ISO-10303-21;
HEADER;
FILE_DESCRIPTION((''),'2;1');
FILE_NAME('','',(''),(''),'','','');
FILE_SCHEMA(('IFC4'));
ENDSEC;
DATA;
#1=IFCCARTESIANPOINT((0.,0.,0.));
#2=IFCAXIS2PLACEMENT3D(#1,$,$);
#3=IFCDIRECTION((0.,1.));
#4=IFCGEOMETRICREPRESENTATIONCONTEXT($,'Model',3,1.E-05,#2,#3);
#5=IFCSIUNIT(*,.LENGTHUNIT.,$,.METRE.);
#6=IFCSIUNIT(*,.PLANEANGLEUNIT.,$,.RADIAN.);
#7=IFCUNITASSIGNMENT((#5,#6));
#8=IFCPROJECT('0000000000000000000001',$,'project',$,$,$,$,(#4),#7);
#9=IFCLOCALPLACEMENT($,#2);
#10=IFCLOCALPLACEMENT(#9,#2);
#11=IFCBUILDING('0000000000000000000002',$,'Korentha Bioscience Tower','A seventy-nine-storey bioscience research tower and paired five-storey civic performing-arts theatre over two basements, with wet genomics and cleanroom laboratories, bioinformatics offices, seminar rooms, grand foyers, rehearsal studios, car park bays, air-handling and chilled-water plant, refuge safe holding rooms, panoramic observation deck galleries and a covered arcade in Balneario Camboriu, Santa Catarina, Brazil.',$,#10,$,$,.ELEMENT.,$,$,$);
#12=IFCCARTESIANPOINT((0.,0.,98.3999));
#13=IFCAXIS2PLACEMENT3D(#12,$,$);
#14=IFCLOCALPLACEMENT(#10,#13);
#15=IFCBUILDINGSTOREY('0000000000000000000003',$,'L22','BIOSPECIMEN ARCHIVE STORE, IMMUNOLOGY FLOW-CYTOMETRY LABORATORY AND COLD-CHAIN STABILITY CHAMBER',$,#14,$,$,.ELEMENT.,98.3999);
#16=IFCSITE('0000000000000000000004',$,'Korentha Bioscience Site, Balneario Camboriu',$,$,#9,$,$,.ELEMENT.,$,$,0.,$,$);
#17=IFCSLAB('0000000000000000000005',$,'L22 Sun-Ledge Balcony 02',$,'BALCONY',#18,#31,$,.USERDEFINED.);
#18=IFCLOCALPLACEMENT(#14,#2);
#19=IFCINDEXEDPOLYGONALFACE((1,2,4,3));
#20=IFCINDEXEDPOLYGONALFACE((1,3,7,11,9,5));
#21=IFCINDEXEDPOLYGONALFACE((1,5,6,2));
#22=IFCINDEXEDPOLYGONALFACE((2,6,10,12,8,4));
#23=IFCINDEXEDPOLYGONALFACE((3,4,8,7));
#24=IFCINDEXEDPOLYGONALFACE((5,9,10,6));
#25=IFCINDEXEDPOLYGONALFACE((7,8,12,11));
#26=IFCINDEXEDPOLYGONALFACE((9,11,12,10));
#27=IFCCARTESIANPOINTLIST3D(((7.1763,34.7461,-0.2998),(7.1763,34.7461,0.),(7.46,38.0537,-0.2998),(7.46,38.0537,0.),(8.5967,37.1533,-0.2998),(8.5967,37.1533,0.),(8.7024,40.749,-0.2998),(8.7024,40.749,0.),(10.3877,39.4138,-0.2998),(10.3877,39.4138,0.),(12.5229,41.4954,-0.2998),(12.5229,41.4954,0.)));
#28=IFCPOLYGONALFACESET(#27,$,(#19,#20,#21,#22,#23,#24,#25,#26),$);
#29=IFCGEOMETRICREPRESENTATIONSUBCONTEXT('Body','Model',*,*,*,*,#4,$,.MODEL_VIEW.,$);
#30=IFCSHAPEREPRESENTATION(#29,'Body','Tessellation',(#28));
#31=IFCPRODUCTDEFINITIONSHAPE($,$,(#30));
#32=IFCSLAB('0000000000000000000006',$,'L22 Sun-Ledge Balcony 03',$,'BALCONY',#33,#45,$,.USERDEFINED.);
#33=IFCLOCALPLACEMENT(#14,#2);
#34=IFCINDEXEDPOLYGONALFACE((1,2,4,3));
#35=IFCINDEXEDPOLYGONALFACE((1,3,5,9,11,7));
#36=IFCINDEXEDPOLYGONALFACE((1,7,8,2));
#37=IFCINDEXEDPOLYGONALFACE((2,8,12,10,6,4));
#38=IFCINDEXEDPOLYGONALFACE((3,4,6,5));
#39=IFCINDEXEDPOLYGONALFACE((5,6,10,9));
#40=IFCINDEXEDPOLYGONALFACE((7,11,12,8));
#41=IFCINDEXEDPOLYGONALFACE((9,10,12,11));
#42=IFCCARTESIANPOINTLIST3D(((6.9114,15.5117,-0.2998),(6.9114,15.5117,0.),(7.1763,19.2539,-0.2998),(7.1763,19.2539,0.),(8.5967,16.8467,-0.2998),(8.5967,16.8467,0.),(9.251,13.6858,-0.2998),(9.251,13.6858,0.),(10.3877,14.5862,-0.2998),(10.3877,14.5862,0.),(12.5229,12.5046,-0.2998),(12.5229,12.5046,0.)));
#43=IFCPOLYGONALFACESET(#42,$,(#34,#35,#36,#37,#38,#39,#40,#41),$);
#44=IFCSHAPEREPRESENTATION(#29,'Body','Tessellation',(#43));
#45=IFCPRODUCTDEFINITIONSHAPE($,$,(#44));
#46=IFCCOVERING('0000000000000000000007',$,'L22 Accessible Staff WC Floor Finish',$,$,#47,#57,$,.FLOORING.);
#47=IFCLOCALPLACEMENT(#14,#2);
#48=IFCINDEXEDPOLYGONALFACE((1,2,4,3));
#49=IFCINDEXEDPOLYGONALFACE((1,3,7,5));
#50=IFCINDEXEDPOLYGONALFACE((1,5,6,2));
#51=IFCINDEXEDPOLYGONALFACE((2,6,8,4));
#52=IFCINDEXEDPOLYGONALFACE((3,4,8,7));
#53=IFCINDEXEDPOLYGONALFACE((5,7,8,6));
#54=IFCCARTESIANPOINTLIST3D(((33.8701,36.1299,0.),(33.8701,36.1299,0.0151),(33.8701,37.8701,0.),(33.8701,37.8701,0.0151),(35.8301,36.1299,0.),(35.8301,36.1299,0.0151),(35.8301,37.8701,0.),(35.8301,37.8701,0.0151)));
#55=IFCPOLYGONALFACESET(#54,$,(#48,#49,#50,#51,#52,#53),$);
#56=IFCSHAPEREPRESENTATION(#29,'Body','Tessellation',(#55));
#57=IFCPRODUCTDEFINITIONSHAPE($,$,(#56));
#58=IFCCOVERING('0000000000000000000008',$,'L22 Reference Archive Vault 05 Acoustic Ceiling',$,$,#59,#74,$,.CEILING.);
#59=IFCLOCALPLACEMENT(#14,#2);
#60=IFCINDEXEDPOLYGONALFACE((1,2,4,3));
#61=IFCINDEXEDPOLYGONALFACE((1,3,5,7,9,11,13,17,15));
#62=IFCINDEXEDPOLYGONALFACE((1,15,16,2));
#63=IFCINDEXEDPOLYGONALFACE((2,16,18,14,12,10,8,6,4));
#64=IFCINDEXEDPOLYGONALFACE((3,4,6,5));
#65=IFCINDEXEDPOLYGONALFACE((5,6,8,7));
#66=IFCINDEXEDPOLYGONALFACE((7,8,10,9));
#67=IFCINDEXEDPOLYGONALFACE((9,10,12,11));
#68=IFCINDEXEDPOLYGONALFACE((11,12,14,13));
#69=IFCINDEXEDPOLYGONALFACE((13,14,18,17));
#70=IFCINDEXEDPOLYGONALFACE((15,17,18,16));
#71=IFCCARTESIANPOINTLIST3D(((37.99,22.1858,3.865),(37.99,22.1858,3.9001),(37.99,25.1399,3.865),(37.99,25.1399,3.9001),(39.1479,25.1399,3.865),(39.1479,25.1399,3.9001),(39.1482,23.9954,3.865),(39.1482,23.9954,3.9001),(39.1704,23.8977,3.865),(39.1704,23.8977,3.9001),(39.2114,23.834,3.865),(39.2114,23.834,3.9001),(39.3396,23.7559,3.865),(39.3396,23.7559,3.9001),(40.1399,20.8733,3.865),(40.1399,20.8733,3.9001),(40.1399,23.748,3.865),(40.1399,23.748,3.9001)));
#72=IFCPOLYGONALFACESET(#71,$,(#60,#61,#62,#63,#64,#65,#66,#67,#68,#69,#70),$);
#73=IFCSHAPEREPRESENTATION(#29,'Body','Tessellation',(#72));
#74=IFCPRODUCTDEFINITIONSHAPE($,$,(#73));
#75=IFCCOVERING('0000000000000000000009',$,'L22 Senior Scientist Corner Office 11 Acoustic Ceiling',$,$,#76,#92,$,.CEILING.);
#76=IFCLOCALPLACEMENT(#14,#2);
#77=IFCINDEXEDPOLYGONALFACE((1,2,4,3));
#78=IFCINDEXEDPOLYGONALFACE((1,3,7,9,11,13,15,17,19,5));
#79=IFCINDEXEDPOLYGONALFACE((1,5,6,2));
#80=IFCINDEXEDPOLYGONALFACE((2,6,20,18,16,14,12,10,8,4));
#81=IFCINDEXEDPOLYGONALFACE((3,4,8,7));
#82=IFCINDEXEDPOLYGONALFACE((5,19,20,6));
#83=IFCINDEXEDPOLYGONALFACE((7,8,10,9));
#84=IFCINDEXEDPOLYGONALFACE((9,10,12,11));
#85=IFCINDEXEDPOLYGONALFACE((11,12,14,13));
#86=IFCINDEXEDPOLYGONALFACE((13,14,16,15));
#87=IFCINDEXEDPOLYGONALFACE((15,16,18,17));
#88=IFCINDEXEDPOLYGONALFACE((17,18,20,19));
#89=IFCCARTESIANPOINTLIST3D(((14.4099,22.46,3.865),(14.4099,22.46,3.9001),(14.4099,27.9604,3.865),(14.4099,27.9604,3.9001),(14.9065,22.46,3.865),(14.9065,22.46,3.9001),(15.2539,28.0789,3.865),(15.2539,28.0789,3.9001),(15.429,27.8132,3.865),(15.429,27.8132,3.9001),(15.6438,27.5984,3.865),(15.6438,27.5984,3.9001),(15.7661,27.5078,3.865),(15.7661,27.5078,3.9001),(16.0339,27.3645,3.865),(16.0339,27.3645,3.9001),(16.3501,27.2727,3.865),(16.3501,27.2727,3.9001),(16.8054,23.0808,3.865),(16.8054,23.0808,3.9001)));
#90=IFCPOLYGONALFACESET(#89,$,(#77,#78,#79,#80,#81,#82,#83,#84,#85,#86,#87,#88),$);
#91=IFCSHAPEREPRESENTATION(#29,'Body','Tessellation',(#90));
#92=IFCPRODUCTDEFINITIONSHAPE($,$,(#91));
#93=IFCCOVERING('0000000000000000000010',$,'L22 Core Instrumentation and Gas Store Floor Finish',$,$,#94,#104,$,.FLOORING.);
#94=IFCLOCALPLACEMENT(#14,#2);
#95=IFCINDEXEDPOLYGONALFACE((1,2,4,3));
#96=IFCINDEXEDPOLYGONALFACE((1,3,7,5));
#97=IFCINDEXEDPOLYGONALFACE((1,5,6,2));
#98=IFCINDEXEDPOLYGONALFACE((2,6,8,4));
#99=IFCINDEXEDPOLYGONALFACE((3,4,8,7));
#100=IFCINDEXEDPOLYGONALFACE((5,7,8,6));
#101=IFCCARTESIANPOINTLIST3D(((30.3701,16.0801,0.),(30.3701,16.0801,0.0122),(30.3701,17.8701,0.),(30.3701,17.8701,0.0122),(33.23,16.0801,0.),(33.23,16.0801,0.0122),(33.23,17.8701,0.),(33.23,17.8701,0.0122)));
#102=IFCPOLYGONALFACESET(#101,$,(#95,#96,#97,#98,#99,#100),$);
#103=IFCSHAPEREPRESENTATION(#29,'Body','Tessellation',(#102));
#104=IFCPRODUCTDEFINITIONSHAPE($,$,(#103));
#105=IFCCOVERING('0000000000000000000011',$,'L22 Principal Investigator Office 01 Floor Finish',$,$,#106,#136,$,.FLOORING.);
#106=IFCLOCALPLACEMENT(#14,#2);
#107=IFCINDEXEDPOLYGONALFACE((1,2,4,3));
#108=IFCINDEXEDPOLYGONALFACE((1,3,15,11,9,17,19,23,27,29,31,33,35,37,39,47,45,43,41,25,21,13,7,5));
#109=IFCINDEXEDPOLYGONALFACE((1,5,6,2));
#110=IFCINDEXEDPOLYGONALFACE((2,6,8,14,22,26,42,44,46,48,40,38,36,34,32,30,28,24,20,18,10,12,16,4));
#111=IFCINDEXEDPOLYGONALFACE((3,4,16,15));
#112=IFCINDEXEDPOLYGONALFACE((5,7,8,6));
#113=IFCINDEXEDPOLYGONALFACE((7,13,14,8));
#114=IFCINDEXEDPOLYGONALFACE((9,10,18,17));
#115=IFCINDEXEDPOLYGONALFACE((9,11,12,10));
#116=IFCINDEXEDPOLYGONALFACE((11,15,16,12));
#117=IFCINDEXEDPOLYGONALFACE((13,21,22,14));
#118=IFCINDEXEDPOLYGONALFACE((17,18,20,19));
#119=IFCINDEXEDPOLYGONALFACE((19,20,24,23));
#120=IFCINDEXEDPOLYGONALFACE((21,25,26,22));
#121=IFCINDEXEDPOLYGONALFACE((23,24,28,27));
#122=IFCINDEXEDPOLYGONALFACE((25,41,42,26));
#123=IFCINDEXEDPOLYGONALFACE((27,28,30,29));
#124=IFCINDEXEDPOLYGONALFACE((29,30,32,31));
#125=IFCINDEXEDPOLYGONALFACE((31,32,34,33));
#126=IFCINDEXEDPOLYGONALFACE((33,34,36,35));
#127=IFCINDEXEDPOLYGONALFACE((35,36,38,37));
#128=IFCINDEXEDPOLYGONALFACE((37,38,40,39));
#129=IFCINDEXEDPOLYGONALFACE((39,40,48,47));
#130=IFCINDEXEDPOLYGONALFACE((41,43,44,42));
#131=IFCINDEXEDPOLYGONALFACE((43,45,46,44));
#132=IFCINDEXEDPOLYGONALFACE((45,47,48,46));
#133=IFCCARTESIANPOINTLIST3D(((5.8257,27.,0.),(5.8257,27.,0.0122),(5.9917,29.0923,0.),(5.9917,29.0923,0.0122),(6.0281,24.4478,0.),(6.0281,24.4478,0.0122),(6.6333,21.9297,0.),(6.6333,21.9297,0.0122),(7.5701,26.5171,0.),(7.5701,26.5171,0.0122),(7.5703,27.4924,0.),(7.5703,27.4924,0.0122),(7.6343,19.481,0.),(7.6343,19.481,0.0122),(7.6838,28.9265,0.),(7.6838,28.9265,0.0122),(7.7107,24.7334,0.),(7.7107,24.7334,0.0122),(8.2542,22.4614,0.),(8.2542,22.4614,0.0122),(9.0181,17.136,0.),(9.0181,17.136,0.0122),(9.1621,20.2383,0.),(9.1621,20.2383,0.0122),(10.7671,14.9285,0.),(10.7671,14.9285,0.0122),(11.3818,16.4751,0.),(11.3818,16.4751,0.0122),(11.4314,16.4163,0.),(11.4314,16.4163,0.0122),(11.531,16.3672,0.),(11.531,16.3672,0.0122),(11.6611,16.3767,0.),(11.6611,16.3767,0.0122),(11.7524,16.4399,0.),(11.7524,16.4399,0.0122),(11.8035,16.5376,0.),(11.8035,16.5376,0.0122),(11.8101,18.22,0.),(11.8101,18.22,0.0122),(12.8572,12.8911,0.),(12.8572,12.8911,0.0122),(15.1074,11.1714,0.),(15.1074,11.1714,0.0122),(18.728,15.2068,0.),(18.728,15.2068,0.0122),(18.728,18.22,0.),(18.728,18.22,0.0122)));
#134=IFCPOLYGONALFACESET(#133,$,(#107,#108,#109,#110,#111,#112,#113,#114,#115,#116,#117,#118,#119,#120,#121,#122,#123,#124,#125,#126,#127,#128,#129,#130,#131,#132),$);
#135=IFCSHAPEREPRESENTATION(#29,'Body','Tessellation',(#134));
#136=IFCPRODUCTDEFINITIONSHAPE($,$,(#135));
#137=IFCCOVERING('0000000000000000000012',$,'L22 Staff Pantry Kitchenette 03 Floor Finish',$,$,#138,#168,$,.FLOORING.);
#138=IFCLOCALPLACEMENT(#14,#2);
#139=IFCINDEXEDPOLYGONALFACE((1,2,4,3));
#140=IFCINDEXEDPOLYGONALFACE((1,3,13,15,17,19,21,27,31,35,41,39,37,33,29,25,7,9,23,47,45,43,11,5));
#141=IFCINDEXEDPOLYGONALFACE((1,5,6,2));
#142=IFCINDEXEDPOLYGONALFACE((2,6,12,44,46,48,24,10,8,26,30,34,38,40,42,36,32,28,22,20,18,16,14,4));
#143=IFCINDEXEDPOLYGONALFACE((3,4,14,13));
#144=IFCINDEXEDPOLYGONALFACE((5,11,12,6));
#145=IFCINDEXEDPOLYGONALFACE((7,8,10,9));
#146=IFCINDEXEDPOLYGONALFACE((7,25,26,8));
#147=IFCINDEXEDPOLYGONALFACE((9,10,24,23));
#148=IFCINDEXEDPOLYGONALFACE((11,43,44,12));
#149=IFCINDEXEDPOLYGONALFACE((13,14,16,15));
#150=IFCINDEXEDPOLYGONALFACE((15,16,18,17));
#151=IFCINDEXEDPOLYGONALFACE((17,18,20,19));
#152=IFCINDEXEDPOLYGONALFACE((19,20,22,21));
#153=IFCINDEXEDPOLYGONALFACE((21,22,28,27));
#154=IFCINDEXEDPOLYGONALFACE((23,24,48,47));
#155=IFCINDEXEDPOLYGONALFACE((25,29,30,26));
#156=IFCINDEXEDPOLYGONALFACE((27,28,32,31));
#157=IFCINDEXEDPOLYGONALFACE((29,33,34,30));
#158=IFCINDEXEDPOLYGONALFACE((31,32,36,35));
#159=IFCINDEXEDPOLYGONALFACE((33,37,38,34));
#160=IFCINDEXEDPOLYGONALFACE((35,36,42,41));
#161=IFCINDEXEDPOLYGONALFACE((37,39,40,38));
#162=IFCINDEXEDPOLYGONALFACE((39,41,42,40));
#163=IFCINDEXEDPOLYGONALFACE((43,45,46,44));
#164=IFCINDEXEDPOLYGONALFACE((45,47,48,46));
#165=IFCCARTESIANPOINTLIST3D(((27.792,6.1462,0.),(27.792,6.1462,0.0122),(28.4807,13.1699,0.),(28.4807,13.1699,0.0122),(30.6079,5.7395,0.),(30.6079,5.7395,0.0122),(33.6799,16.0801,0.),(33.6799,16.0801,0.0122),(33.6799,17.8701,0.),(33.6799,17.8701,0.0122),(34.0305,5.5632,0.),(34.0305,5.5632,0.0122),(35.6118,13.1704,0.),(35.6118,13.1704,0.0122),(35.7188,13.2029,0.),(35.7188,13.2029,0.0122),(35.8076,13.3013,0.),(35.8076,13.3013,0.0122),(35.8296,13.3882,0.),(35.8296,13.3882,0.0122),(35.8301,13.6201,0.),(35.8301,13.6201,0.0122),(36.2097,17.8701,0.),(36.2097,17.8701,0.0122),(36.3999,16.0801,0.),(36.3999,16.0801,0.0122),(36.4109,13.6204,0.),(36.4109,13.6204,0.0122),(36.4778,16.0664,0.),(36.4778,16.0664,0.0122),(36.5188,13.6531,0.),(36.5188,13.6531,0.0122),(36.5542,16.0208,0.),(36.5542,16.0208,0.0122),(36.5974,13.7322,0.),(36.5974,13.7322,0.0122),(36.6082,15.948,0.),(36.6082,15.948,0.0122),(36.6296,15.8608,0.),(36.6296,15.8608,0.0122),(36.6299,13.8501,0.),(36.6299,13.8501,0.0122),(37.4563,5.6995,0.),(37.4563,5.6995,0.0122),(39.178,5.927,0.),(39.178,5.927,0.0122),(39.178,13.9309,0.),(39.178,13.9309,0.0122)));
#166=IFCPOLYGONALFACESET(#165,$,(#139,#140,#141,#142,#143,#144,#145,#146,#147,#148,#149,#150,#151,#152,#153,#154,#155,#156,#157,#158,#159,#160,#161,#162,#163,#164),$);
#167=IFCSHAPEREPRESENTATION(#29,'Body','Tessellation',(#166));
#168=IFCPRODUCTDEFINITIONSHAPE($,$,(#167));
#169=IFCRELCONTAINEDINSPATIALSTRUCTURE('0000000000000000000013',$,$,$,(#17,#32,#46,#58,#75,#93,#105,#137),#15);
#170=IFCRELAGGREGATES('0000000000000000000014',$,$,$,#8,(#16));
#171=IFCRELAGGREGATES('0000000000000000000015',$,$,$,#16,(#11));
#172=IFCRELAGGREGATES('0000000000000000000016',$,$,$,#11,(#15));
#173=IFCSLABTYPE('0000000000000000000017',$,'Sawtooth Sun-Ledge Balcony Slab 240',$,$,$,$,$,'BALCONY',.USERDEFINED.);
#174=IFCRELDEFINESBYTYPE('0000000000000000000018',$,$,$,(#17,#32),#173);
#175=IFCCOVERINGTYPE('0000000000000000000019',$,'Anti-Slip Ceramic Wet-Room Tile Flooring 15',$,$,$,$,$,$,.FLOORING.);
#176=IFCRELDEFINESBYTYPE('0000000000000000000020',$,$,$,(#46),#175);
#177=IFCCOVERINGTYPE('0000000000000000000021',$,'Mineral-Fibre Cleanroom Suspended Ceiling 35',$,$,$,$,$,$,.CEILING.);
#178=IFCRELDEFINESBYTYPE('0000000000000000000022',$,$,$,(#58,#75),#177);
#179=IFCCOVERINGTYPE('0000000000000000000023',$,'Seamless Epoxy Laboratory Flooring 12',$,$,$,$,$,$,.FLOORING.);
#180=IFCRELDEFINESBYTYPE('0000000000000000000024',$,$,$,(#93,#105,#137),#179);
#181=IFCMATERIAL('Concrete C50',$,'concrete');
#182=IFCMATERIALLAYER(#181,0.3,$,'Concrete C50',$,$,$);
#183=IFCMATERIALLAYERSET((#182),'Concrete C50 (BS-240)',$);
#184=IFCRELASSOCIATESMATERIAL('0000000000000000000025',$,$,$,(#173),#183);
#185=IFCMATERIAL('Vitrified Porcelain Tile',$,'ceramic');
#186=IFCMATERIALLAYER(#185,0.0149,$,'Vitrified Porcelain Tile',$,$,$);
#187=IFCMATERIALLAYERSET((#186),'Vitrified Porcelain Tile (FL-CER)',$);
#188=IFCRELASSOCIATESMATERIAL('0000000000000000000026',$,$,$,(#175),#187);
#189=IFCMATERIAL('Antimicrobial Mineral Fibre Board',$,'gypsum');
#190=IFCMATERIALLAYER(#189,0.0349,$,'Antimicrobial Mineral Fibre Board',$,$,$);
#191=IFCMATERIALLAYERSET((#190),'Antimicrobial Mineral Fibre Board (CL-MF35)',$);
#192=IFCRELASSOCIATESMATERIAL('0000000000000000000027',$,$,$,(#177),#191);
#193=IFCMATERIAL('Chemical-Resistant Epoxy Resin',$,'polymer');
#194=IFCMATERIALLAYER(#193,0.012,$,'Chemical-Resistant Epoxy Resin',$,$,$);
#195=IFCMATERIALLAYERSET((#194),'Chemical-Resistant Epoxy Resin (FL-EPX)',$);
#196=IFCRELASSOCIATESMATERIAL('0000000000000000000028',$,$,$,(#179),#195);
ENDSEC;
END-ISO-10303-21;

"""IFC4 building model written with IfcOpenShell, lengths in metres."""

from ifc_helpers import new_model, si_unit, direction, frame, origin, place, context, subcontext, project, spatial, polyline, outline, extrude, material, layer, layer_set, type_object, element, save


model = new_model("IFC4")

# Units and contexts
model_context = context("Model", 3, precision=1e-05, world=origin(), true_north=direction((0.0, 1.0)))
body_context = subcontext(model_context, "Body", "Model", "MODEL_VIEW")
ifc_project = project(units=[si_unit("LENGTHUNIT", "METRE"), si_unit("PLANEANGLEUNIT", "RADIAN")], contexts=[model_context])

# Site, building, storey
site_placement = place(None, origin())
site = spatial("IfcSite", under=ifc_project, at=site_placement, Name="Korentha Bioscience Site, Balneario Camboriu", CompositionType="ELEMENT", RefElevation=0.0)
building_placement = place(site_placement, origin())
building = spatial("IfcBuilding", under=site, at=building_placement, Name="Korentha Bioscience Tower", Description="A seventy-nine-storey bioscience research tower and paired five-storey civic performing-arts theatre over two basements, with wet genomics and cleanroom laboratories, bioinformatics offices, seminar rooms, grand foyers, rehearsal studios, car park bays, air-handling and chilled-water plant, refuge safe holding rooms, panoramic observation deck galleries and a covered arcade in Balneario Camboriu, Santa Catarina, Brazil.", CompositionType="ELEMENT")
storey_placement = place(building_placement, frame((0.0, 0.0, 98.3999)))
storey = spatial("IfcBuildingStorey", under=building, at=storey_placement, Name="L22", Description="BIOSPECIMEN ARCHIVE STORE, IMMUNOLOGY FLOW-CYTOMETRY LABORATORY AND COLD-CHAIN STABILITY CHAMBER", CompositionType="ELEMENT", Elevation=98.3999)

# Shared definitions
ifc_material_1 = material(Name="Concrete C50", Category="concrete")

# Slabs
ifc_layer_1 = layer(ifc_material_1, 0.3, Name="Concrete C50")
ifc_layer_set_1 = layer_set([ifc_layer_1], Name="Concrete C50 (BS-240)")
slab_type_1 = type_object("IfcSlabType", Name="Sawtooth Sun-Ledge Balcony Slab 240", ElementType="BALCONY", PredefinedType="USERDEFINED", material=ifc_layer_set_1)
slab_1_placement = place(storey_placement, frame((0.0, 0.0, -0.2998)))
element("IfcSlab", 1, at=slab_1_placement, inside=storey, type_object=slab_type_1, Name="L22 Sun-Ledge Balcony 02", ObjectType="BALCONY", PredefinedType="USERDEFINED", context=body_context, shape_type="SweptSolid", body=[
    extrude(outline(polyline([(7.1763, 34.7461), (8.5967, 37.1533), (10.3877, 39.4138), (12.5229, 41.4954), (8.7024, 40.749), (7.46, 38.0537), (7.1763, 34.7461)])), origin(), (0.0, 0.0, 1.0), 0.2998),
])
slab_2_placement = place(storey_placement, frame((0.0, 0.0, -0.2998)))
element("IfcSlab", 2, at=slab_2_placement, inside=storey, type_object=slab_type_1, Name="L22 Sun-Ledge Balcony 03", ObjectType="BALCONY", PredefinedType="USERDEFINED", context=body_context, shape_type="SweptSolid", body=[
    extrude(outline(polyline([(12.5229, 12.5046), (10.3877, 14.5862), (8.5967, 16.8467), (7.1763, 19.2539), (6.9114, 15.5117), (9.251, 13.6858), (12.5229, 12.5046)])), origin(), (0.0, 0.0, 1.0), 0.2998),
])

# Coverings
ifc_material_2 = material(Name="Vitrified Porcelain Tile", Category="ceramic")
ifc_layer_2 = layer(ifc_material_2, 0.0149, Name="Vitrified Porcelain Tile")
ifc_layer_set_2 = layer_set([ifc_layer_2], Name="Vitrified Porcelain Tile (FL-CER)")
covering_type_1 = type_object("IfcCoveringType", Name="Anti-Slip Ceramic Wet-Room Tile Flooring 15", PredefinedType="FLOORING", material=ifc_layer_set_2)
covering_1_placement = place(storey_placement, origin())
element("IfcCovering", 3, at=covering_1_placement, inside=storey, type_object=covering_type_1, Name="L22 Accessible Staff WC Floor Finish", PredefinedType="FLOORING", context=body_context, shape_type="SweptSolid", body=[
    extrude(outline(polyline([(33.8701, 36.1299), (33.8701, 37.8701), (35.8301, 37.8701), (35.8301, 36.1299), (33.8701, 36.1299)])), origin(), (0.0, 0.0, 1.0), 0.0151),
])
ifc_material_3 = material(Name="Antimicrobial Mineral Fibre Board", Category="gypsum")
ifc_layer_3 = layer(ifc_material_3, 0.0349, Name="Antimicrobial Mineral Fibre Board")
ifc_layer_set_3 = layer_set([ifc_layer_3], Name="Antimicrobial Mineral Fibre Board (CL-MF35)")
covering_type_2 = type_object("IfcCoveringType", Name="Mineral-Fibre Cleanroom Suspended Ceiling 35", PredefinedType="CEILING", material=ifc_layer_set_3)
covering_2_placement = place(storey_placement, frame((0.0, 0.0, 3.865)))
element("IfcCovering", 4, at=covering_2_placement, inside=storey, type_object=covering_type_2, Name="L22 Reference Archive Vault 05 Acoustic Ceiling", PredefinedType="CEILING", context=body_context, shape_type="SweptSolid", body=[
    extrude(outline(polyline([(39.1482, 23.9954), (39.1704, 23.8977), (39.2114, 23.834), (39.3396, 23.7559), (40.1399, 23.748), (40.1399, 20.8733), (37.99, 22.1858), (37.99, 25.1399), (39.1479, 25.1399), (39.1482, 23.9954)])), origin(), (0.0, 0.0, 1.0), 0.0352),
])
covering_3_placement = place(storey_placement, frame((0.0, 0.0, 3.865)))
element("IfcCovering", 5, at=covering_3_placement, inside=storey, type_object=covering_type_2, Name="L22 Senior Scientist Corner Office 11 Acoustic Ceiling", PredefinedType="CEILING", context=body_context, shape_type="SweptSolid", body=[
    extrude(outline(polyline([(14.4099, 22.46), (14.4099, 27.9604), (15.2539, 28.0789), (15.429, 27.8132), (15.6438, 27.5984), (15.7661, 27.5078), (16.0339, 27.3645), (16.3501, 27.2727), (16.8054, 23.0808), (14.9065, 22.46), (14.4099, 22.46)])), origin(), (0.0, 0.0, 1.0), 0.0352),
])
ifc_material_4 = material(Name="Chemical-Resistant Epoxy Resin", Category="polymer")
ifc_layer_4 = layer(ifc_material_4, 0.012, Name="Chemical-Resistant Epoxy Resin")
ifc_layer_set_4 = layer_set([ifc_layer_4], Name="Chemical-Resistant Epoxy Resin (FL-EPX)")
covering_type_3 = type_object("IfcCoveringType", Name="Seamless Epoxy Laboratory Flooring 12", PredefinedType="FLOORING", material=ifc_layer_set_4)
covering_4_placement = place(storey_placement, origin())
element("IfcCovering", 6, at=covering_4_placement, inside=storey, type_object=covering_type_3, Name="L22 Core Instrumentation and Gas Store Floor Finish", PredefinedType="FLOORING", context=body_context, shape_type="SweptSolid", body=[
    extrude(outline(polyline([(30.3701, 16.0801), (30.3701, 17.8701), (33.23, 17.8701), (33.23, 16.0801), (30.3701, 16.0801)])), origin(), (0.0, 0.0, 1.0), 0.0122),
])
covering_5_placement = place(storey_placement, origin())
element("IfcCovering", 7, at=covering_5_placement, inside=storey, type_object=covering_type_3, Name="L22 Principal Investigator Office 01 Floor Finish", PredefinedType="FLOORING", context=body_context, shape_type="SweptSolid", body=[
    extrude(outline(polyline([(5.9917, 29.0923), (7.6838, 28.9265), (7.5703, 27.4924), (7.5701, 26.5171), (7.7107, 24.7334), (8.2542, 22.4614), (9.1621, 20.2383), (11.3818, 16.4751), (11.4314, 16.4163), (11.531, 16.3672), (11.6611, 16.3767), (11.7524, 16.4399), (11.8035, 16.5376), (11.8101, 18.22), (18.728, 18.22), (18.728, 15.2068), (15.1074, 11.1714), (12.8572, 12.8911), (10.7671, 14.9285), (9.0181, 17.136), (7.6343, 19.481), (6.6333, 21.9297), (6.0281, 24.4478), (5.8257, 27.0), (5.9917, 29.0923)])), origin(), (0.0, 0.0, 1.0), 0.0122),
])
covering_6_placement = place(storey_placement, origin())
element("IfcCovering", 8, at=covering_6_placement, inside=storey, type_object=covering_type_3, Name="L22 Staff Pantry Kitchenette 03 Floor Finish", PredefinedType="FLOORING", context=body_context, shape_type="SweptSolid", body=[
    extrude(outline(polyline([(28.4807, 13.1699), (35.6118, 13.1704), (35.7188, 13.2029), (35.8076, 13.3013), (35.8296, 13.3882), (35.8301, 13.6201), (36.4109, 13.6204), (36.5188, 13.6531), (36.5974, 13.7322), (36.6299, 13.8501), (36.6296, 15.8608), (36.6082, 15.948), (36.5542, 16.0208), (36.4778, 16.0664), (36.3999, 16.0801), (33.6799, 16.0801), (33.6799, 17.8701), (36.2097, 17.8701), (39.178, 13.9309), (39.178, 5.927), (37.4563, 5.6995), (34.0305, 5.5632), (30.6079, 5.7395), (27.792, 6.1462), (28.4807, 13.1699)])), origin(), (0.0, 0.0, 1.0), 0.0122),
])

save(model, "model.ifc")
